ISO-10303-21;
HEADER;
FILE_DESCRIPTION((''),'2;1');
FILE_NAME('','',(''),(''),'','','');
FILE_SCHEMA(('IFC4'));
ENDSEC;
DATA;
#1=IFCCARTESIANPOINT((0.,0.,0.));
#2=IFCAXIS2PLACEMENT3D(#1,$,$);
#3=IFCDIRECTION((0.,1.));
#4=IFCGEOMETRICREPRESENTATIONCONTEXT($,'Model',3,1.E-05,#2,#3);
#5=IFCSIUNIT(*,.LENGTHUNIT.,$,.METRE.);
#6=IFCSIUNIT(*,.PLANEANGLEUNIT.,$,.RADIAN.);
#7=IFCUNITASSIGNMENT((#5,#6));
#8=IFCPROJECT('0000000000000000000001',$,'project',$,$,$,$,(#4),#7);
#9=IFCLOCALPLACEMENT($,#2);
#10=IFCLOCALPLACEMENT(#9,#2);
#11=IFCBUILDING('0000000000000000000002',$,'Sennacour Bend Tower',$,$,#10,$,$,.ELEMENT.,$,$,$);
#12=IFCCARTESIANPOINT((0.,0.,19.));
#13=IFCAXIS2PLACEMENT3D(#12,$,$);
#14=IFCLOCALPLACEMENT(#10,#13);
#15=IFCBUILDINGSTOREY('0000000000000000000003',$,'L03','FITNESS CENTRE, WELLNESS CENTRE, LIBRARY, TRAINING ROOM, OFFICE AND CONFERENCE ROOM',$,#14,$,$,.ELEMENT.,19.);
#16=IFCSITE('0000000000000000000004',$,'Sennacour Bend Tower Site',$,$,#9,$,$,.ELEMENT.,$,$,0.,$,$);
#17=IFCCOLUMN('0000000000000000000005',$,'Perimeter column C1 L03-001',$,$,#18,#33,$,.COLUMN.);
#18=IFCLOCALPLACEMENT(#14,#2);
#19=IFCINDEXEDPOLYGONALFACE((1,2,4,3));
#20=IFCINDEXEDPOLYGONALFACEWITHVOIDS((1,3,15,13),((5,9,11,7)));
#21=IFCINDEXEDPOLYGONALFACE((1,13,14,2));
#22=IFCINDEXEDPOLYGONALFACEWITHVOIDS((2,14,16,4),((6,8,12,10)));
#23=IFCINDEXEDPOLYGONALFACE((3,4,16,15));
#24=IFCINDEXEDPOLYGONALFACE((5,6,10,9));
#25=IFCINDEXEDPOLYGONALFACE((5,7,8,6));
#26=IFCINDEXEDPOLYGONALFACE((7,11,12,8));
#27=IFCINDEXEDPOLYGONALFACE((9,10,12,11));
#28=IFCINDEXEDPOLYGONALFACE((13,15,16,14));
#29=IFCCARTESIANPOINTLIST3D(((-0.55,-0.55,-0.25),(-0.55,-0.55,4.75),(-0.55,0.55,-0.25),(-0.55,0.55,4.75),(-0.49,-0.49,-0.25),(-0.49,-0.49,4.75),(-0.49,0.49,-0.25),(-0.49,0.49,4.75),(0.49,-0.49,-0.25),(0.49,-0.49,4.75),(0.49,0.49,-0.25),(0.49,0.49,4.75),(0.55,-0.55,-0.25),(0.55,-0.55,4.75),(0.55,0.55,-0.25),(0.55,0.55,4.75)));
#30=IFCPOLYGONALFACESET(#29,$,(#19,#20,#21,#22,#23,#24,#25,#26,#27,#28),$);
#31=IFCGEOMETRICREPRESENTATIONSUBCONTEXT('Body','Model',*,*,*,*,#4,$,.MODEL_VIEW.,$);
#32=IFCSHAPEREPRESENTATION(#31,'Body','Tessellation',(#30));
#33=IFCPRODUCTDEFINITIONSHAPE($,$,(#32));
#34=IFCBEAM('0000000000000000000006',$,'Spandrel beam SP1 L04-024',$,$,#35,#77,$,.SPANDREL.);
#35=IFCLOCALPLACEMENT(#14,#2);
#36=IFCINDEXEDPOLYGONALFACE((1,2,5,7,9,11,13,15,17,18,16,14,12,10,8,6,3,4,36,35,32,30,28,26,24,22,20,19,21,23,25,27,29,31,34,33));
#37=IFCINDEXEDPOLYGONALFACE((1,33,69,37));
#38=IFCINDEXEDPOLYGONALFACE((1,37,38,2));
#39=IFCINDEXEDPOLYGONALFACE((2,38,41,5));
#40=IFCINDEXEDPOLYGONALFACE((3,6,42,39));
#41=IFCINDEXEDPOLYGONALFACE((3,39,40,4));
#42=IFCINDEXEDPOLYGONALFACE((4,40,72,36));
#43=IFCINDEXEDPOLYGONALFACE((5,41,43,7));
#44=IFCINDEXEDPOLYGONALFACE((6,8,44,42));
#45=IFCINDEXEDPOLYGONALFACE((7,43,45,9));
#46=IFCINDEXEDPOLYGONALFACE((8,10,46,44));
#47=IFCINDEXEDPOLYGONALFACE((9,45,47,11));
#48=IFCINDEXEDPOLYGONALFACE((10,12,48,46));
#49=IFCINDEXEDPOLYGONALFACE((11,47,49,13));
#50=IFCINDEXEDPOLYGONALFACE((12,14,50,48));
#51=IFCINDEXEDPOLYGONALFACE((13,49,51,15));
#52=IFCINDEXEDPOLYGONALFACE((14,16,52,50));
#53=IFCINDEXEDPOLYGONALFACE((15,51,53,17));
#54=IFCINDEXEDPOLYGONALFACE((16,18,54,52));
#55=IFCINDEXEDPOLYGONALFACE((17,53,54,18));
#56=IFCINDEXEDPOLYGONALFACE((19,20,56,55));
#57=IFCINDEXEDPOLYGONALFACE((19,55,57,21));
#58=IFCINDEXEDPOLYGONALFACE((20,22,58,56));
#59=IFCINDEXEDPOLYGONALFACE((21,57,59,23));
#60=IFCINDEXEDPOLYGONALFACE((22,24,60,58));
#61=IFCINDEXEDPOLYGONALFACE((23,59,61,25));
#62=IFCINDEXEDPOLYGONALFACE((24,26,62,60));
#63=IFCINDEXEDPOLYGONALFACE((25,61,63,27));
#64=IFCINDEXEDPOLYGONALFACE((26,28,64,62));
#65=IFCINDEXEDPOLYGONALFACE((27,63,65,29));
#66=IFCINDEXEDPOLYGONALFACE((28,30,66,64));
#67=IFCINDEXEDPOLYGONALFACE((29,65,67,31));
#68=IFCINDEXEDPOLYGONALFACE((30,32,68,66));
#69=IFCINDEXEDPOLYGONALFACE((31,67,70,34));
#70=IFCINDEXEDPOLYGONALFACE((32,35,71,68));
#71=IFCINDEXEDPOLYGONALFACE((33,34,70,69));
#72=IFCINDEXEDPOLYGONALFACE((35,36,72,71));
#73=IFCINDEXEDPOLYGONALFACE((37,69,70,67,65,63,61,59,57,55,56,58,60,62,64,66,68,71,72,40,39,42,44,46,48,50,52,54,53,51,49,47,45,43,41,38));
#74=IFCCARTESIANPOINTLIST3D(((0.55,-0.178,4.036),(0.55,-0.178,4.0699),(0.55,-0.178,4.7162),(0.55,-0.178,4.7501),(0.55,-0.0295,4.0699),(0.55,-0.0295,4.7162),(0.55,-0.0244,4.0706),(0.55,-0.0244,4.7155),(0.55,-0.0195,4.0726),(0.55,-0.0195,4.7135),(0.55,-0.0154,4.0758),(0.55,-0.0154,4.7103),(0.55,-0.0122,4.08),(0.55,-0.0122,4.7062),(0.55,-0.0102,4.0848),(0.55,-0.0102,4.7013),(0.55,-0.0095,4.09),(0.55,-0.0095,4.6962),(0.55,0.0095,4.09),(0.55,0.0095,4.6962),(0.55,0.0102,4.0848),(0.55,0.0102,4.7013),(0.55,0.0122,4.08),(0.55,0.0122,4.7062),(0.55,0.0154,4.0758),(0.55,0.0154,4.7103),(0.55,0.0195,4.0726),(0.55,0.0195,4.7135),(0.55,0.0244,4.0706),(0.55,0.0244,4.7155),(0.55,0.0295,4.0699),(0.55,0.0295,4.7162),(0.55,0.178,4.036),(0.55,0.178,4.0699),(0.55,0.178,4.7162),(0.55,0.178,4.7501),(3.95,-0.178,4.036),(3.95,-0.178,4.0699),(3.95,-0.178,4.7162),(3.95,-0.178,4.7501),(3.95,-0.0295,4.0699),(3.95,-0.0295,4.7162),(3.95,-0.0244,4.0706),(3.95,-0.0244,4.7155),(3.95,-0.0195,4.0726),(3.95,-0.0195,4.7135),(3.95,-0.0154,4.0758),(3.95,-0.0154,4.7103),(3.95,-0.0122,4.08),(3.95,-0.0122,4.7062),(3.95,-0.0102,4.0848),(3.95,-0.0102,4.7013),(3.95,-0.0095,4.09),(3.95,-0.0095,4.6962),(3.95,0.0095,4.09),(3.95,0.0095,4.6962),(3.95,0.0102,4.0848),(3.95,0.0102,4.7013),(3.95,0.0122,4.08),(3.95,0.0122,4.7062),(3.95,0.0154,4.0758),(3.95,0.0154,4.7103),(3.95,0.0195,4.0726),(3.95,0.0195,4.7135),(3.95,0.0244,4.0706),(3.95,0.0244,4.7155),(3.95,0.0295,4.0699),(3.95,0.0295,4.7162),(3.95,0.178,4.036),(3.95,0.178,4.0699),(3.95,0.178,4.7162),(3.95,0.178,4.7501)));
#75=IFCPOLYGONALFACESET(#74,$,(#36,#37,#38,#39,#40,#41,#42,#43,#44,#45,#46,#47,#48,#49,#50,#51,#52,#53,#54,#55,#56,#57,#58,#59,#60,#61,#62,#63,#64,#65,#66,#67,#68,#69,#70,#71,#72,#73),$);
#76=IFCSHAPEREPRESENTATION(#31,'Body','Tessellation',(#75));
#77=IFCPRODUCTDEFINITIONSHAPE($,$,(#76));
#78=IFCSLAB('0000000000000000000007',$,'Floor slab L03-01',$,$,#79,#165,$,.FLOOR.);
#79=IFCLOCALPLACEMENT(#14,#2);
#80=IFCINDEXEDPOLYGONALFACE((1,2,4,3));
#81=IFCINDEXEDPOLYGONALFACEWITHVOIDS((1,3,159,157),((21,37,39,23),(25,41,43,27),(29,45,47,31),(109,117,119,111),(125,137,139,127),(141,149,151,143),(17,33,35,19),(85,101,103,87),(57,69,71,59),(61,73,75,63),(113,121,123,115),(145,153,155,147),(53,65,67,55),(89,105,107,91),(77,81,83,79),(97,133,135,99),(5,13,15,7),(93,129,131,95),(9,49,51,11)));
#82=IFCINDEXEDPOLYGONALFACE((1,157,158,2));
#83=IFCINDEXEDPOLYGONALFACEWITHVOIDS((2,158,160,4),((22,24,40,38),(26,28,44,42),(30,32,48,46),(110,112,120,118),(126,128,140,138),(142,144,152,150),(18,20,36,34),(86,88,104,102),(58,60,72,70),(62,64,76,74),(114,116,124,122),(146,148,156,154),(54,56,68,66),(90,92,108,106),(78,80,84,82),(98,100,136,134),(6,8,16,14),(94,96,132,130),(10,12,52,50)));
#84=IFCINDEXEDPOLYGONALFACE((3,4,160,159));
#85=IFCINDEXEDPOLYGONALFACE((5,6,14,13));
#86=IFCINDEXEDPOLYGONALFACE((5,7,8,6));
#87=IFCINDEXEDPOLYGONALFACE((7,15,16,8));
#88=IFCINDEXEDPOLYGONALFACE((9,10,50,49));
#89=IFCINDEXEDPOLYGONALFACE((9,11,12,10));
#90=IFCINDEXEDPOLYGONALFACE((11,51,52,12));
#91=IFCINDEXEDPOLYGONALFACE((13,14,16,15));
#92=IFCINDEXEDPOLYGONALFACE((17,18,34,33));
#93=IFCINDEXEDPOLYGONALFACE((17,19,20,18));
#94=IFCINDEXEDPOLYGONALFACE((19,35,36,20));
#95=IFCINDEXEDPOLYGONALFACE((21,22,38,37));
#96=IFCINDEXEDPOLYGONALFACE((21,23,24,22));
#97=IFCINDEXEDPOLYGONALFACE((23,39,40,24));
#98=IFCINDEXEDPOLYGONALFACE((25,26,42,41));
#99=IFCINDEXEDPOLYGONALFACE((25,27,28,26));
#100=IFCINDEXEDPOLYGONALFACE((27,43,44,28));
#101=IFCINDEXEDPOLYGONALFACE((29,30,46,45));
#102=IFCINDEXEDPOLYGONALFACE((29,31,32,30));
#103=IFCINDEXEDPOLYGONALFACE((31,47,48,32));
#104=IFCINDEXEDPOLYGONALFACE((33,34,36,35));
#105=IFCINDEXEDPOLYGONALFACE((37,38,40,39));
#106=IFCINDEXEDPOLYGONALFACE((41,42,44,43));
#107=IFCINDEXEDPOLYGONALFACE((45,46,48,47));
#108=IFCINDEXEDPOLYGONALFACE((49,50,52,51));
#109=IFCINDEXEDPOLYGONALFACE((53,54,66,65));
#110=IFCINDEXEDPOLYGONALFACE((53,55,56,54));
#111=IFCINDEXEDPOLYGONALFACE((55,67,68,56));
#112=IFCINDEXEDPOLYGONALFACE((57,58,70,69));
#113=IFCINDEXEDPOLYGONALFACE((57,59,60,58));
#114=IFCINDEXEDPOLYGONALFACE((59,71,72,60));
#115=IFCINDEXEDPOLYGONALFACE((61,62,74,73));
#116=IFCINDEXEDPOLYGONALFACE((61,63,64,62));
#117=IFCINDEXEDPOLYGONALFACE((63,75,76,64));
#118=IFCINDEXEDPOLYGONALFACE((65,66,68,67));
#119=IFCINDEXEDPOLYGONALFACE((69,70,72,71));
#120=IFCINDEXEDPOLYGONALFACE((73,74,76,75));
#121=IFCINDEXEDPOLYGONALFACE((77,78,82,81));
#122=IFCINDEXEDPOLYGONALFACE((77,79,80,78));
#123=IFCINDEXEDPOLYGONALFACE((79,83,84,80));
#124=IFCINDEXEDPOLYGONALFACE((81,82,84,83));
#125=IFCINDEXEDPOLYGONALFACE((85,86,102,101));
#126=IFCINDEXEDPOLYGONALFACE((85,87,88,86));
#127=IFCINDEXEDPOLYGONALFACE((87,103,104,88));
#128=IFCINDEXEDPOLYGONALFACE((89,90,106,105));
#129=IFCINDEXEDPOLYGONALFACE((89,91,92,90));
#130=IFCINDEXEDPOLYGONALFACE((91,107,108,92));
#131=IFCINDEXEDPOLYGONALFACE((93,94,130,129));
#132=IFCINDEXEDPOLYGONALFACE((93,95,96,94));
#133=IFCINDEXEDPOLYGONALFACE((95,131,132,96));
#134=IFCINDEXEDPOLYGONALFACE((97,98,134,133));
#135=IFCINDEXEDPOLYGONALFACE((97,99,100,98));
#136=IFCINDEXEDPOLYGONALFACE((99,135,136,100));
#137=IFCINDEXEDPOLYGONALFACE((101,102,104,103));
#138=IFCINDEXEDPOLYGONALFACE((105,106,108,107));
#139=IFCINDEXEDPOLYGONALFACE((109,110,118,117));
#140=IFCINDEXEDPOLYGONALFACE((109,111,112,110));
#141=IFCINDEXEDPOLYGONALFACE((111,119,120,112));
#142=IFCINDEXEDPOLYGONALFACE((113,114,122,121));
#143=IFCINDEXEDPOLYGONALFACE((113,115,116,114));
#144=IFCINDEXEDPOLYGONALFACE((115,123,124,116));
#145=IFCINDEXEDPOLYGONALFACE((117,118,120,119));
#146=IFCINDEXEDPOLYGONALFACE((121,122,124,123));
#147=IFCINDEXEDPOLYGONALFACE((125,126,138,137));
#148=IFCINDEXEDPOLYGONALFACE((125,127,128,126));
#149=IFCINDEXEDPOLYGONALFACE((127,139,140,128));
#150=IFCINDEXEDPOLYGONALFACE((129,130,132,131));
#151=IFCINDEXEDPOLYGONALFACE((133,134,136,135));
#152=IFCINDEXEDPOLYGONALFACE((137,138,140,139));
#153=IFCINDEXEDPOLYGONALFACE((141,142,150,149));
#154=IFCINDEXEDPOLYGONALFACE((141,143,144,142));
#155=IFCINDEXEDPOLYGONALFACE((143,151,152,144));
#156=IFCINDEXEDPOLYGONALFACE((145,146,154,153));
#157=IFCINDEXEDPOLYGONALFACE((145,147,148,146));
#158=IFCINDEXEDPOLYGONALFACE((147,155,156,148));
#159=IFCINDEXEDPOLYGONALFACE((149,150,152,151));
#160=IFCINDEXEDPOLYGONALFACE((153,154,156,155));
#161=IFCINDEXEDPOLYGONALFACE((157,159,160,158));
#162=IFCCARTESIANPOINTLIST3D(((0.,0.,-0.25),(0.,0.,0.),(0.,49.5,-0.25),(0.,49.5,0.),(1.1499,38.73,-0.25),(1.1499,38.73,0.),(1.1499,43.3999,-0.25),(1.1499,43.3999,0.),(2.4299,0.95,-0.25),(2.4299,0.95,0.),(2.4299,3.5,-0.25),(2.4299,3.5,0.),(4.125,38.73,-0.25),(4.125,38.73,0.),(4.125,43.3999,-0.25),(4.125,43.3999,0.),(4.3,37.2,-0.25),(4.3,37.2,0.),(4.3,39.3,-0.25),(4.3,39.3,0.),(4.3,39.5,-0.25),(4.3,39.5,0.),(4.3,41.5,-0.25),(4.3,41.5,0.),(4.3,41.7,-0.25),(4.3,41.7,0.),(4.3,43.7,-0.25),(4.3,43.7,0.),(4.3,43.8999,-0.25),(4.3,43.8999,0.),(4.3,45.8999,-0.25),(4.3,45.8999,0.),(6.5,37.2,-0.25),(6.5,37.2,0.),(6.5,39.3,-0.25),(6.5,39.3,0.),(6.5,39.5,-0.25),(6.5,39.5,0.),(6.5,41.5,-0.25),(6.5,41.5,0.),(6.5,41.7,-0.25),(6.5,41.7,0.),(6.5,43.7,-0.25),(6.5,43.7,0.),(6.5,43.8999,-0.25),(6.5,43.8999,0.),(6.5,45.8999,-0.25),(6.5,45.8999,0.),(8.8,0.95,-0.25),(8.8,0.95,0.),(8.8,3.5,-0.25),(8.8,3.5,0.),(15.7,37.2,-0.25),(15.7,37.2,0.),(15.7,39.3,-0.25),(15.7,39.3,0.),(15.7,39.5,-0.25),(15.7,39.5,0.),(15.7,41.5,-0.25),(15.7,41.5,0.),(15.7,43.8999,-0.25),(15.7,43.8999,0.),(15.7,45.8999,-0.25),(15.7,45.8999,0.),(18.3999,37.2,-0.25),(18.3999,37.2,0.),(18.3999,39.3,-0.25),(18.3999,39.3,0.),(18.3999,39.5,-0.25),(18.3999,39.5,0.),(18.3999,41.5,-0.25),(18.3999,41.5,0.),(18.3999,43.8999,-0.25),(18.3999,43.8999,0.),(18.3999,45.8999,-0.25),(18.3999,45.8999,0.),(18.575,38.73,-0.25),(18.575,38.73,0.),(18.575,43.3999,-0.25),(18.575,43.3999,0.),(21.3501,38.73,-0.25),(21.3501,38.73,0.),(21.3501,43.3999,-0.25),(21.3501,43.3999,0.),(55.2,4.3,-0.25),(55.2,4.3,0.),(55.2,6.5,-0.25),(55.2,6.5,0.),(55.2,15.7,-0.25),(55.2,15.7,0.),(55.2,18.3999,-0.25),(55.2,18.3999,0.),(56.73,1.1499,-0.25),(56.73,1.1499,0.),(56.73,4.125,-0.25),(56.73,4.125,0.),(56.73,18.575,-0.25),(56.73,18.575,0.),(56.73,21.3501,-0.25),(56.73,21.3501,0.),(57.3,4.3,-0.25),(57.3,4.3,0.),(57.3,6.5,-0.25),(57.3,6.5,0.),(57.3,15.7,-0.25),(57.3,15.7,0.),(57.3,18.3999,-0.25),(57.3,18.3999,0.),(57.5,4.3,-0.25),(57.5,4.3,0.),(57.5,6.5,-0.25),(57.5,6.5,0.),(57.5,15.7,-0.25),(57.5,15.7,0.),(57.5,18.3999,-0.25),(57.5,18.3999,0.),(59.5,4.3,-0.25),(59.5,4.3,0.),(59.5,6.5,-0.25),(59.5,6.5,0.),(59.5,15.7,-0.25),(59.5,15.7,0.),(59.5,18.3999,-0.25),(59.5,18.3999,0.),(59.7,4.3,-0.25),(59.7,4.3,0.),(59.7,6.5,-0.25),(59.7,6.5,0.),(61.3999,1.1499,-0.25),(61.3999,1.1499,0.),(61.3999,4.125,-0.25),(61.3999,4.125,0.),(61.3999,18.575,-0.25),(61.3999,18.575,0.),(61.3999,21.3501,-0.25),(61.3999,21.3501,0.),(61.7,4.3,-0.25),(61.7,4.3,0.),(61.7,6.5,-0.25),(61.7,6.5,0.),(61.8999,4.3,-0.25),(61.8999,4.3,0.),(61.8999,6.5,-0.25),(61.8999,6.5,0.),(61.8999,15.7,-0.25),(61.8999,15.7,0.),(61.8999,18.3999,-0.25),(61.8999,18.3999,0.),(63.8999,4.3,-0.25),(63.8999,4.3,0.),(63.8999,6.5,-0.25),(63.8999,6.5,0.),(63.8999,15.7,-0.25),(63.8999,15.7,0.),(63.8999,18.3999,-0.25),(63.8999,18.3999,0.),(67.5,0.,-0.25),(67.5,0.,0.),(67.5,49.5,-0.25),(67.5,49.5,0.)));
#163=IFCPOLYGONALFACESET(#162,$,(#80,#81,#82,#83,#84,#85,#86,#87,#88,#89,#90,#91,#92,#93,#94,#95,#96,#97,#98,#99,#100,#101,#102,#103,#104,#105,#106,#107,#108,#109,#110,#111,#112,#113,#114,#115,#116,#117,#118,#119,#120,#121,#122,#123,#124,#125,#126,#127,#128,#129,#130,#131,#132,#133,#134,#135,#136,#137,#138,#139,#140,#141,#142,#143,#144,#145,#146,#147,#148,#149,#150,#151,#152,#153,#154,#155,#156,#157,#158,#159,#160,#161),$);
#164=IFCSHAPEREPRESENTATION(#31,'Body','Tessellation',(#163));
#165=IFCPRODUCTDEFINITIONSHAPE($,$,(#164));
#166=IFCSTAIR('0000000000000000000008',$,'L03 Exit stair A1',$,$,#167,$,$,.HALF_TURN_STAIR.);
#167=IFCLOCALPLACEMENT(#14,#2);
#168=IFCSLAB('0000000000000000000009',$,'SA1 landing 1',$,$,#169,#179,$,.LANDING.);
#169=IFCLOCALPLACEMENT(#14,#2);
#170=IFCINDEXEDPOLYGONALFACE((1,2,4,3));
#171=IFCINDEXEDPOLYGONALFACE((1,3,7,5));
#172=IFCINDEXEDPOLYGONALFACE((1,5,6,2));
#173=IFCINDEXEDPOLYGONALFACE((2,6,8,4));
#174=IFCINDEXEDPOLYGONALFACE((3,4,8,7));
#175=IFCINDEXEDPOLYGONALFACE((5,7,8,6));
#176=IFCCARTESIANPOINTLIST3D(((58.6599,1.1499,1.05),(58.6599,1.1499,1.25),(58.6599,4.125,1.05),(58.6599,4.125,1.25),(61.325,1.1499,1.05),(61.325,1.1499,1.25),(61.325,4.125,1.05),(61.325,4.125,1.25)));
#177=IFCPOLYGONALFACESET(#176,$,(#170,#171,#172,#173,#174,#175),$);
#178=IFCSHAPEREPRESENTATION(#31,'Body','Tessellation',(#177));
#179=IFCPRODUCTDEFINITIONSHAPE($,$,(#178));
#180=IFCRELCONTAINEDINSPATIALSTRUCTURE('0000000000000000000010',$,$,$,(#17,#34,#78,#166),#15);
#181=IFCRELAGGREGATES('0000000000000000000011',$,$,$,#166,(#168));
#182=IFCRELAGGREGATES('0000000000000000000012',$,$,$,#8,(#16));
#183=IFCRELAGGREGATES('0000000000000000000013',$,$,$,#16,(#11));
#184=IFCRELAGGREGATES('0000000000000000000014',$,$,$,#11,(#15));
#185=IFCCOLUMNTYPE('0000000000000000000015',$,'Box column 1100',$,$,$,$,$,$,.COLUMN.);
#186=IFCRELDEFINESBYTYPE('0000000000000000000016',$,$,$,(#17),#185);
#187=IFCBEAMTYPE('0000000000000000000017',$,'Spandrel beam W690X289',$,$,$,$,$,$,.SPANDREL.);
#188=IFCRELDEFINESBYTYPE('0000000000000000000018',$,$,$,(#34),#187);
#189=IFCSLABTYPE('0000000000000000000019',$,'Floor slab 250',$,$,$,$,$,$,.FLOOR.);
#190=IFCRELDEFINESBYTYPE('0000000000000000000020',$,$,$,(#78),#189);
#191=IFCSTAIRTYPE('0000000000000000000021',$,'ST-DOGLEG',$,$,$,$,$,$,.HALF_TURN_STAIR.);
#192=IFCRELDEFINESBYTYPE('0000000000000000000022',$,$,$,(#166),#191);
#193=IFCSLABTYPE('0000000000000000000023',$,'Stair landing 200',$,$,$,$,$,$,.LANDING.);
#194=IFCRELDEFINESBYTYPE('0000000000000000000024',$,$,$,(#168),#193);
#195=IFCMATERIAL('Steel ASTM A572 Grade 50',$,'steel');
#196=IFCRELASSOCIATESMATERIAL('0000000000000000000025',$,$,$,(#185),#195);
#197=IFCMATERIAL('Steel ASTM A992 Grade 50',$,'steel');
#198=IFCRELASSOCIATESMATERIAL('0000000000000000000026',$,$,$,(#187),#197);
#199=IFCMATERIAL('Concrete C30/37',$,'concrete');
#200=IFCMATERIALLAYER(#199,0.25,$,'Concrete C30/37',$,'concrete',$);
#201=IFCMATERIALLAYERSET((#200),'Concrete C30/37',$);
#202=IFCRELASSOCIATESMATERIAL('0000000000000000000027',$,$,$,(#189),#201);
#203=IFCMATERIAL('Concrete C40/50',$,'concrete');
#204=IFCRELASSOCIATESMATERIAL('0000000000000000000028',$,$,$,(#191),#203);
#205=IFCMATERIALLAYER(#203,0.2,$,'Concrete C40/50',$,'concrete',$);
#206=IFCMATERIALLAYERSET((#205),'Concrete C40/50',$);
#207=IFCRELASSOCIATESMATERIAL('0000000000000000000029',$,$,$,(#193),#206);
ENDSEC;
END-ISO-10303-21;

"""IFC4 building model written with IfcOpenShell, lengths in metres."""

from ifc_helpers import new_model, si_unit, direction, frame, origin, origin_2d, place, context, subcontext, project, spatial, polyline, hollow_rectangle, i_section, outline, extrude, material, layer, layer_set, material_profile, profile_set, type_object, element, aggregate, save


model = new_model("IFC4")

# Units and contexts
model_context = context("Model", 3, precision=1e-05, world=origin(), true_north=direction((0.0, 1.0)))
body_context = subcontext(model_context, "Body", "Model", "MODEL_VIEW")
ifc_project = project(units=[si_unit("LENGTHUNIT", "METRE"), si_unit("PLANEANGLEUNIT", "RADIAN")], contexts=[model_context])

# Site, building, storey
site_placement = place(None, origin())
site = spatial("IfcSite", under=ifc_project, at=site_placement, Name="Sennacour Bend Tower Site", CompositionType="ELEMENT", RefElevation=0.0)
building_placement = place(site_placement, origin())
building = spatial("IfcBuilding", under=site, at=building_placement, Name="Sennacour Bend Tower", CompositionType="ELEMENT")
storey_placement = place(building_placement, frame((0.0, 0.0, 19.0)))
storey = spatial("IfcBuildingStorey", under=building, at=storey_placement, Name="L03", Description="FITNESS CENTRE, WELLNESS CENTRE, LIBRARY, TRAINING ROOM, OFFICE AND CONFERENCE ROOM", CompositionType="ELEMENT", Elevation=19.0)

# Column
ifc_material_1 = material(Name="Steel ASTM A572 Grade 50", Category="steel")
ifc_material_profile_1 = material_profile(ifc_material_1, hollow_rectangle(XDim=1.1001, YDim=1.1001, WallThickness=0.0601, at=origin_2d()), Name="Steel ASTM A572 Grade 50", Category="steel")
ifc_profile_set_1 = profile_set([ifc_material_profile_1], Name="Steel ASTM A572 Grade 50")
column_type = type_object("IfcColumnType", Name="Box column 1100", PredefinedType="COLUMN", material=ifc_profile_set_1)
column_placement = place(storey_placement, frame((0.0, 0.0, -0.25), z_axis=(0.0, 0.0, 1.0), x_axis=(1.0, 0.0, 0.0)))
element("IfcColumn", 1, at=column_placement, inside=storey, type_object=column_type, Name="Perimeter column C1 L03-001", PredefinedType="COLUMN", context=body_context, shape_type="SweptSolid", body=[
    extrude(hollow_rectangle(XDim=1.1001, YDim=1.1001, WallThickness=0.0601, at=origin_2d()), origin(), (0.0, 0.0, 1.0), 5.0),
])

# Beam
ifc_material_2 = material(Name="Steel ASTM A992 Grade 50", Category="steel")
ifc_material_profile_2 = material_profile(ifc_material_2, i_section(OverallWidth=0.356, OverallDepth=0.7141, WebThickness=0.019, FlangeThickness=0.0339, FilletRadius=0.02, at=origin_2d()), Name="Steel ASTM A992 Grade 50", Category="steel")
ifc_profile_set_2 = profile_set([ifc_material_profile_2], Name="Steel ASTM A992 Grade 50")
beam_type = type_object("IfcBeamType", Name="Spandrel beam W690X289", PredefinedType="SPANDREL", material=ifc_profile_set_2)
beam_placement = place(storey_placement, frame((0.55, 0.0, 4.3931), z_axis=(1.0, 0.0, 0.0), x_axis=(0.0, 1.0, 0.0)))
element("IfcBeam", 2, at=beam_placement, inside=storey, type_object=beam_type, Name="Spandrel beam SP1 L04-024", PredefinedType="SPANDREL", context=body_context, shape_type="SweptSolid", body=[
    extrude(i_section(OverallWidth=0.356, OverallDepth=0.7141, WebThickness=0.019, FlangeThickness=0.0339, FilletRadius=0.02, at=origin_2d()), origin(), (0.0, 0.0, 1.0), 3.3999),
])

# Slab
ifc_material_3 = material(Name="Concrete C30/37", Category="concrete")
ifc_layer_1 = layer(ifc_material_3, 0.25, Name="Concrete C30/37", Category="concrete")
ifc_layer_set_1 = layer_set([ifc_layer_1], Name="Concrete C30/37")
slab_type_1 = type_object("IfcSlabType", Name="Floor slab 250", PredefinedType="FLOOR", material=ifc_layer_set_1)
slab_1_placement = place(storey_placement, frame((0.0, 0.0, -0.25)))
element("IfcSlab", 3, at=slab_1_placement, inside=storey, type_object=slab_type_1, Name="Floor slab L03-01", PredefinedType="FLOOR", context=body_context, shape_type="SweptSolid", body=[
    extrude(outline(polyline([(0.0, 0.0), (0.0, 49.5), (67.5, 49.5), (67.5, 0.0), (0.0, 0.0)]), holes=[polyline([(8.8, 0.95), (8.8, 3.5), (2.4299, 3.5), (2.4299, 0.95), (8.8, 0.95)]), polyline([(6.5, 37.2), (6.5, 39.3), (4.3, 39.3), (4.3, 37.2), (6.5, 37.2)]), polyline([(18.3999, 37.2), (18.3999, 39.3), (15.7, 39.3), (15.7, 37.2), (18.3999, 37.2)]), polyline([(6.5, 39.5), (6.5, 41.5), (4.3, 41.5), (4.3, 39.5), (6.5, 39.5)]), polyline([(18.3999, 39.5), (18.3999, 41.5), (15.7, 41.5), (15.7, 39.5), (18.3999, 39.5)]), polyline([(4.125, 38.73), (4.125, 43.3999), (1.1499, 43.3999), (1.1499, 38.73), (4.125, 38.73)]), polyline([(21.3501, 38.73), (21.3501, 43.3999), (18.575, 43.3999), (18.575, 38.73), (21.3501, 38.73)]), polyline([(4.3, 41.7), (6.5, 41.7), (6.5, 43.7), (4.3, 43.7), (4.3, 41.7)]), polyline([(4.3, 43.8999), (6.5, 43.8999), (6.5, 45.8999), (4.3, 45.8999), (4.3, 43.8999)]), polyline([(18.3999, 43.8999), (18.3999, 45.8999), (15.7, 45.8999), (15.7, 43.8999), (18.3999, 43.8999)]), polyline([(61.3999, 1.1499), (61.3999, 4.125), (56.73, 4.125), (56.73, 1.1499), (61.3999, 1.1499)]), polyline([(57.3, 4.3), (57.3, 6.5), (55.2, 6.5), (55.2, 4.3), (57.3, 4.3)]), polyline([(57.5, 4.3), (59.5, 4.3), (59.5, 6.5), (57.5, 6.5), (57.5, 4.3)]), polyline([(59.7, 4.3), (61.7, 4.3), (61.7, 6.5), (59.7, 6.5), (59.7, 4.3)]), polyline([(63.8999, 4.3), (63.8999, 6.5), (61.8999, 6.5), (61.8999, 4.3), (63.8999, 4.3)]), polyline([(57.3, 15.7), (57.3, 18.3999), (55.2, 18.3999), (55.2, 15.7), (57.3, 15.7)]), polyline([(59.5, 15.7), (59.5, 18.3999), (57.5, 18.3999), (57.5, 15.7), (59.5, 15.7)]), polyline([(61.8999, 15.7), (63.8999, 15.7), (63.8999, 18.3999), (61.8999, 18.3999), (61.8999, 15.7)]), polyline([(56.73, 18.575), (61.3999, 18.575), (61.3999, 21.3501), (56.73, 21.3501), (56.73, 18.575)])]), origin(), (0.0, 0.0, 1.0), 0.25),
])

# Stair, slab
ifc_material_4 = material(Name="Concrete C40/50", Category="concrete")
stair_type = type_object("IfcStairType", Name="ST-DOGLEG", PredefinedType="HALF_TURN_STAIR", material=ifc_material_4)
stair_1_placement = place(storey_placement, origin())
stair_1 = element("IfcStair", 4, at=stair_1_placement, inside=storey, type_object=stair_type, Name="L03 Exit stair A1", PredefinedType="HALF_TURN_STAIR")
ifc_layer_2 = layer(ifc_material_4, 0.2, Name="Concrete C40/50", Category="concrete")
ifc_layer_set_2 = layer_set([ifc_layer_2], Name="Concrete C40/50")
slab_type_2 = type_object("IfcSlabType", Name="Stair landing 200", PredefinedType="LANDING", material=ifc_layer_set_2)
slab_2_placement = place(storey_placement, frame((0.0, 0.0, 1.05)))
slab_2 = element("IfcSlab", 5, at=slab_2_placement, type_object=slab_type_2, Name="SA1 landing 1", PredefinedType="LANDING", context=body_context, shape_type="SweptSolid", body=[
    extrude(outline(polyline([(58.6599, 1.1499), (61.325, 1.1499), (61.325, 4.125), (58.6599, 4.125), (58.6599, 1.1499)])), origin(), (0.0, 0.0, 1.0), 0.2),
])
aggregate(stair_1, [slab_2])

save(model, "model.ifc")
